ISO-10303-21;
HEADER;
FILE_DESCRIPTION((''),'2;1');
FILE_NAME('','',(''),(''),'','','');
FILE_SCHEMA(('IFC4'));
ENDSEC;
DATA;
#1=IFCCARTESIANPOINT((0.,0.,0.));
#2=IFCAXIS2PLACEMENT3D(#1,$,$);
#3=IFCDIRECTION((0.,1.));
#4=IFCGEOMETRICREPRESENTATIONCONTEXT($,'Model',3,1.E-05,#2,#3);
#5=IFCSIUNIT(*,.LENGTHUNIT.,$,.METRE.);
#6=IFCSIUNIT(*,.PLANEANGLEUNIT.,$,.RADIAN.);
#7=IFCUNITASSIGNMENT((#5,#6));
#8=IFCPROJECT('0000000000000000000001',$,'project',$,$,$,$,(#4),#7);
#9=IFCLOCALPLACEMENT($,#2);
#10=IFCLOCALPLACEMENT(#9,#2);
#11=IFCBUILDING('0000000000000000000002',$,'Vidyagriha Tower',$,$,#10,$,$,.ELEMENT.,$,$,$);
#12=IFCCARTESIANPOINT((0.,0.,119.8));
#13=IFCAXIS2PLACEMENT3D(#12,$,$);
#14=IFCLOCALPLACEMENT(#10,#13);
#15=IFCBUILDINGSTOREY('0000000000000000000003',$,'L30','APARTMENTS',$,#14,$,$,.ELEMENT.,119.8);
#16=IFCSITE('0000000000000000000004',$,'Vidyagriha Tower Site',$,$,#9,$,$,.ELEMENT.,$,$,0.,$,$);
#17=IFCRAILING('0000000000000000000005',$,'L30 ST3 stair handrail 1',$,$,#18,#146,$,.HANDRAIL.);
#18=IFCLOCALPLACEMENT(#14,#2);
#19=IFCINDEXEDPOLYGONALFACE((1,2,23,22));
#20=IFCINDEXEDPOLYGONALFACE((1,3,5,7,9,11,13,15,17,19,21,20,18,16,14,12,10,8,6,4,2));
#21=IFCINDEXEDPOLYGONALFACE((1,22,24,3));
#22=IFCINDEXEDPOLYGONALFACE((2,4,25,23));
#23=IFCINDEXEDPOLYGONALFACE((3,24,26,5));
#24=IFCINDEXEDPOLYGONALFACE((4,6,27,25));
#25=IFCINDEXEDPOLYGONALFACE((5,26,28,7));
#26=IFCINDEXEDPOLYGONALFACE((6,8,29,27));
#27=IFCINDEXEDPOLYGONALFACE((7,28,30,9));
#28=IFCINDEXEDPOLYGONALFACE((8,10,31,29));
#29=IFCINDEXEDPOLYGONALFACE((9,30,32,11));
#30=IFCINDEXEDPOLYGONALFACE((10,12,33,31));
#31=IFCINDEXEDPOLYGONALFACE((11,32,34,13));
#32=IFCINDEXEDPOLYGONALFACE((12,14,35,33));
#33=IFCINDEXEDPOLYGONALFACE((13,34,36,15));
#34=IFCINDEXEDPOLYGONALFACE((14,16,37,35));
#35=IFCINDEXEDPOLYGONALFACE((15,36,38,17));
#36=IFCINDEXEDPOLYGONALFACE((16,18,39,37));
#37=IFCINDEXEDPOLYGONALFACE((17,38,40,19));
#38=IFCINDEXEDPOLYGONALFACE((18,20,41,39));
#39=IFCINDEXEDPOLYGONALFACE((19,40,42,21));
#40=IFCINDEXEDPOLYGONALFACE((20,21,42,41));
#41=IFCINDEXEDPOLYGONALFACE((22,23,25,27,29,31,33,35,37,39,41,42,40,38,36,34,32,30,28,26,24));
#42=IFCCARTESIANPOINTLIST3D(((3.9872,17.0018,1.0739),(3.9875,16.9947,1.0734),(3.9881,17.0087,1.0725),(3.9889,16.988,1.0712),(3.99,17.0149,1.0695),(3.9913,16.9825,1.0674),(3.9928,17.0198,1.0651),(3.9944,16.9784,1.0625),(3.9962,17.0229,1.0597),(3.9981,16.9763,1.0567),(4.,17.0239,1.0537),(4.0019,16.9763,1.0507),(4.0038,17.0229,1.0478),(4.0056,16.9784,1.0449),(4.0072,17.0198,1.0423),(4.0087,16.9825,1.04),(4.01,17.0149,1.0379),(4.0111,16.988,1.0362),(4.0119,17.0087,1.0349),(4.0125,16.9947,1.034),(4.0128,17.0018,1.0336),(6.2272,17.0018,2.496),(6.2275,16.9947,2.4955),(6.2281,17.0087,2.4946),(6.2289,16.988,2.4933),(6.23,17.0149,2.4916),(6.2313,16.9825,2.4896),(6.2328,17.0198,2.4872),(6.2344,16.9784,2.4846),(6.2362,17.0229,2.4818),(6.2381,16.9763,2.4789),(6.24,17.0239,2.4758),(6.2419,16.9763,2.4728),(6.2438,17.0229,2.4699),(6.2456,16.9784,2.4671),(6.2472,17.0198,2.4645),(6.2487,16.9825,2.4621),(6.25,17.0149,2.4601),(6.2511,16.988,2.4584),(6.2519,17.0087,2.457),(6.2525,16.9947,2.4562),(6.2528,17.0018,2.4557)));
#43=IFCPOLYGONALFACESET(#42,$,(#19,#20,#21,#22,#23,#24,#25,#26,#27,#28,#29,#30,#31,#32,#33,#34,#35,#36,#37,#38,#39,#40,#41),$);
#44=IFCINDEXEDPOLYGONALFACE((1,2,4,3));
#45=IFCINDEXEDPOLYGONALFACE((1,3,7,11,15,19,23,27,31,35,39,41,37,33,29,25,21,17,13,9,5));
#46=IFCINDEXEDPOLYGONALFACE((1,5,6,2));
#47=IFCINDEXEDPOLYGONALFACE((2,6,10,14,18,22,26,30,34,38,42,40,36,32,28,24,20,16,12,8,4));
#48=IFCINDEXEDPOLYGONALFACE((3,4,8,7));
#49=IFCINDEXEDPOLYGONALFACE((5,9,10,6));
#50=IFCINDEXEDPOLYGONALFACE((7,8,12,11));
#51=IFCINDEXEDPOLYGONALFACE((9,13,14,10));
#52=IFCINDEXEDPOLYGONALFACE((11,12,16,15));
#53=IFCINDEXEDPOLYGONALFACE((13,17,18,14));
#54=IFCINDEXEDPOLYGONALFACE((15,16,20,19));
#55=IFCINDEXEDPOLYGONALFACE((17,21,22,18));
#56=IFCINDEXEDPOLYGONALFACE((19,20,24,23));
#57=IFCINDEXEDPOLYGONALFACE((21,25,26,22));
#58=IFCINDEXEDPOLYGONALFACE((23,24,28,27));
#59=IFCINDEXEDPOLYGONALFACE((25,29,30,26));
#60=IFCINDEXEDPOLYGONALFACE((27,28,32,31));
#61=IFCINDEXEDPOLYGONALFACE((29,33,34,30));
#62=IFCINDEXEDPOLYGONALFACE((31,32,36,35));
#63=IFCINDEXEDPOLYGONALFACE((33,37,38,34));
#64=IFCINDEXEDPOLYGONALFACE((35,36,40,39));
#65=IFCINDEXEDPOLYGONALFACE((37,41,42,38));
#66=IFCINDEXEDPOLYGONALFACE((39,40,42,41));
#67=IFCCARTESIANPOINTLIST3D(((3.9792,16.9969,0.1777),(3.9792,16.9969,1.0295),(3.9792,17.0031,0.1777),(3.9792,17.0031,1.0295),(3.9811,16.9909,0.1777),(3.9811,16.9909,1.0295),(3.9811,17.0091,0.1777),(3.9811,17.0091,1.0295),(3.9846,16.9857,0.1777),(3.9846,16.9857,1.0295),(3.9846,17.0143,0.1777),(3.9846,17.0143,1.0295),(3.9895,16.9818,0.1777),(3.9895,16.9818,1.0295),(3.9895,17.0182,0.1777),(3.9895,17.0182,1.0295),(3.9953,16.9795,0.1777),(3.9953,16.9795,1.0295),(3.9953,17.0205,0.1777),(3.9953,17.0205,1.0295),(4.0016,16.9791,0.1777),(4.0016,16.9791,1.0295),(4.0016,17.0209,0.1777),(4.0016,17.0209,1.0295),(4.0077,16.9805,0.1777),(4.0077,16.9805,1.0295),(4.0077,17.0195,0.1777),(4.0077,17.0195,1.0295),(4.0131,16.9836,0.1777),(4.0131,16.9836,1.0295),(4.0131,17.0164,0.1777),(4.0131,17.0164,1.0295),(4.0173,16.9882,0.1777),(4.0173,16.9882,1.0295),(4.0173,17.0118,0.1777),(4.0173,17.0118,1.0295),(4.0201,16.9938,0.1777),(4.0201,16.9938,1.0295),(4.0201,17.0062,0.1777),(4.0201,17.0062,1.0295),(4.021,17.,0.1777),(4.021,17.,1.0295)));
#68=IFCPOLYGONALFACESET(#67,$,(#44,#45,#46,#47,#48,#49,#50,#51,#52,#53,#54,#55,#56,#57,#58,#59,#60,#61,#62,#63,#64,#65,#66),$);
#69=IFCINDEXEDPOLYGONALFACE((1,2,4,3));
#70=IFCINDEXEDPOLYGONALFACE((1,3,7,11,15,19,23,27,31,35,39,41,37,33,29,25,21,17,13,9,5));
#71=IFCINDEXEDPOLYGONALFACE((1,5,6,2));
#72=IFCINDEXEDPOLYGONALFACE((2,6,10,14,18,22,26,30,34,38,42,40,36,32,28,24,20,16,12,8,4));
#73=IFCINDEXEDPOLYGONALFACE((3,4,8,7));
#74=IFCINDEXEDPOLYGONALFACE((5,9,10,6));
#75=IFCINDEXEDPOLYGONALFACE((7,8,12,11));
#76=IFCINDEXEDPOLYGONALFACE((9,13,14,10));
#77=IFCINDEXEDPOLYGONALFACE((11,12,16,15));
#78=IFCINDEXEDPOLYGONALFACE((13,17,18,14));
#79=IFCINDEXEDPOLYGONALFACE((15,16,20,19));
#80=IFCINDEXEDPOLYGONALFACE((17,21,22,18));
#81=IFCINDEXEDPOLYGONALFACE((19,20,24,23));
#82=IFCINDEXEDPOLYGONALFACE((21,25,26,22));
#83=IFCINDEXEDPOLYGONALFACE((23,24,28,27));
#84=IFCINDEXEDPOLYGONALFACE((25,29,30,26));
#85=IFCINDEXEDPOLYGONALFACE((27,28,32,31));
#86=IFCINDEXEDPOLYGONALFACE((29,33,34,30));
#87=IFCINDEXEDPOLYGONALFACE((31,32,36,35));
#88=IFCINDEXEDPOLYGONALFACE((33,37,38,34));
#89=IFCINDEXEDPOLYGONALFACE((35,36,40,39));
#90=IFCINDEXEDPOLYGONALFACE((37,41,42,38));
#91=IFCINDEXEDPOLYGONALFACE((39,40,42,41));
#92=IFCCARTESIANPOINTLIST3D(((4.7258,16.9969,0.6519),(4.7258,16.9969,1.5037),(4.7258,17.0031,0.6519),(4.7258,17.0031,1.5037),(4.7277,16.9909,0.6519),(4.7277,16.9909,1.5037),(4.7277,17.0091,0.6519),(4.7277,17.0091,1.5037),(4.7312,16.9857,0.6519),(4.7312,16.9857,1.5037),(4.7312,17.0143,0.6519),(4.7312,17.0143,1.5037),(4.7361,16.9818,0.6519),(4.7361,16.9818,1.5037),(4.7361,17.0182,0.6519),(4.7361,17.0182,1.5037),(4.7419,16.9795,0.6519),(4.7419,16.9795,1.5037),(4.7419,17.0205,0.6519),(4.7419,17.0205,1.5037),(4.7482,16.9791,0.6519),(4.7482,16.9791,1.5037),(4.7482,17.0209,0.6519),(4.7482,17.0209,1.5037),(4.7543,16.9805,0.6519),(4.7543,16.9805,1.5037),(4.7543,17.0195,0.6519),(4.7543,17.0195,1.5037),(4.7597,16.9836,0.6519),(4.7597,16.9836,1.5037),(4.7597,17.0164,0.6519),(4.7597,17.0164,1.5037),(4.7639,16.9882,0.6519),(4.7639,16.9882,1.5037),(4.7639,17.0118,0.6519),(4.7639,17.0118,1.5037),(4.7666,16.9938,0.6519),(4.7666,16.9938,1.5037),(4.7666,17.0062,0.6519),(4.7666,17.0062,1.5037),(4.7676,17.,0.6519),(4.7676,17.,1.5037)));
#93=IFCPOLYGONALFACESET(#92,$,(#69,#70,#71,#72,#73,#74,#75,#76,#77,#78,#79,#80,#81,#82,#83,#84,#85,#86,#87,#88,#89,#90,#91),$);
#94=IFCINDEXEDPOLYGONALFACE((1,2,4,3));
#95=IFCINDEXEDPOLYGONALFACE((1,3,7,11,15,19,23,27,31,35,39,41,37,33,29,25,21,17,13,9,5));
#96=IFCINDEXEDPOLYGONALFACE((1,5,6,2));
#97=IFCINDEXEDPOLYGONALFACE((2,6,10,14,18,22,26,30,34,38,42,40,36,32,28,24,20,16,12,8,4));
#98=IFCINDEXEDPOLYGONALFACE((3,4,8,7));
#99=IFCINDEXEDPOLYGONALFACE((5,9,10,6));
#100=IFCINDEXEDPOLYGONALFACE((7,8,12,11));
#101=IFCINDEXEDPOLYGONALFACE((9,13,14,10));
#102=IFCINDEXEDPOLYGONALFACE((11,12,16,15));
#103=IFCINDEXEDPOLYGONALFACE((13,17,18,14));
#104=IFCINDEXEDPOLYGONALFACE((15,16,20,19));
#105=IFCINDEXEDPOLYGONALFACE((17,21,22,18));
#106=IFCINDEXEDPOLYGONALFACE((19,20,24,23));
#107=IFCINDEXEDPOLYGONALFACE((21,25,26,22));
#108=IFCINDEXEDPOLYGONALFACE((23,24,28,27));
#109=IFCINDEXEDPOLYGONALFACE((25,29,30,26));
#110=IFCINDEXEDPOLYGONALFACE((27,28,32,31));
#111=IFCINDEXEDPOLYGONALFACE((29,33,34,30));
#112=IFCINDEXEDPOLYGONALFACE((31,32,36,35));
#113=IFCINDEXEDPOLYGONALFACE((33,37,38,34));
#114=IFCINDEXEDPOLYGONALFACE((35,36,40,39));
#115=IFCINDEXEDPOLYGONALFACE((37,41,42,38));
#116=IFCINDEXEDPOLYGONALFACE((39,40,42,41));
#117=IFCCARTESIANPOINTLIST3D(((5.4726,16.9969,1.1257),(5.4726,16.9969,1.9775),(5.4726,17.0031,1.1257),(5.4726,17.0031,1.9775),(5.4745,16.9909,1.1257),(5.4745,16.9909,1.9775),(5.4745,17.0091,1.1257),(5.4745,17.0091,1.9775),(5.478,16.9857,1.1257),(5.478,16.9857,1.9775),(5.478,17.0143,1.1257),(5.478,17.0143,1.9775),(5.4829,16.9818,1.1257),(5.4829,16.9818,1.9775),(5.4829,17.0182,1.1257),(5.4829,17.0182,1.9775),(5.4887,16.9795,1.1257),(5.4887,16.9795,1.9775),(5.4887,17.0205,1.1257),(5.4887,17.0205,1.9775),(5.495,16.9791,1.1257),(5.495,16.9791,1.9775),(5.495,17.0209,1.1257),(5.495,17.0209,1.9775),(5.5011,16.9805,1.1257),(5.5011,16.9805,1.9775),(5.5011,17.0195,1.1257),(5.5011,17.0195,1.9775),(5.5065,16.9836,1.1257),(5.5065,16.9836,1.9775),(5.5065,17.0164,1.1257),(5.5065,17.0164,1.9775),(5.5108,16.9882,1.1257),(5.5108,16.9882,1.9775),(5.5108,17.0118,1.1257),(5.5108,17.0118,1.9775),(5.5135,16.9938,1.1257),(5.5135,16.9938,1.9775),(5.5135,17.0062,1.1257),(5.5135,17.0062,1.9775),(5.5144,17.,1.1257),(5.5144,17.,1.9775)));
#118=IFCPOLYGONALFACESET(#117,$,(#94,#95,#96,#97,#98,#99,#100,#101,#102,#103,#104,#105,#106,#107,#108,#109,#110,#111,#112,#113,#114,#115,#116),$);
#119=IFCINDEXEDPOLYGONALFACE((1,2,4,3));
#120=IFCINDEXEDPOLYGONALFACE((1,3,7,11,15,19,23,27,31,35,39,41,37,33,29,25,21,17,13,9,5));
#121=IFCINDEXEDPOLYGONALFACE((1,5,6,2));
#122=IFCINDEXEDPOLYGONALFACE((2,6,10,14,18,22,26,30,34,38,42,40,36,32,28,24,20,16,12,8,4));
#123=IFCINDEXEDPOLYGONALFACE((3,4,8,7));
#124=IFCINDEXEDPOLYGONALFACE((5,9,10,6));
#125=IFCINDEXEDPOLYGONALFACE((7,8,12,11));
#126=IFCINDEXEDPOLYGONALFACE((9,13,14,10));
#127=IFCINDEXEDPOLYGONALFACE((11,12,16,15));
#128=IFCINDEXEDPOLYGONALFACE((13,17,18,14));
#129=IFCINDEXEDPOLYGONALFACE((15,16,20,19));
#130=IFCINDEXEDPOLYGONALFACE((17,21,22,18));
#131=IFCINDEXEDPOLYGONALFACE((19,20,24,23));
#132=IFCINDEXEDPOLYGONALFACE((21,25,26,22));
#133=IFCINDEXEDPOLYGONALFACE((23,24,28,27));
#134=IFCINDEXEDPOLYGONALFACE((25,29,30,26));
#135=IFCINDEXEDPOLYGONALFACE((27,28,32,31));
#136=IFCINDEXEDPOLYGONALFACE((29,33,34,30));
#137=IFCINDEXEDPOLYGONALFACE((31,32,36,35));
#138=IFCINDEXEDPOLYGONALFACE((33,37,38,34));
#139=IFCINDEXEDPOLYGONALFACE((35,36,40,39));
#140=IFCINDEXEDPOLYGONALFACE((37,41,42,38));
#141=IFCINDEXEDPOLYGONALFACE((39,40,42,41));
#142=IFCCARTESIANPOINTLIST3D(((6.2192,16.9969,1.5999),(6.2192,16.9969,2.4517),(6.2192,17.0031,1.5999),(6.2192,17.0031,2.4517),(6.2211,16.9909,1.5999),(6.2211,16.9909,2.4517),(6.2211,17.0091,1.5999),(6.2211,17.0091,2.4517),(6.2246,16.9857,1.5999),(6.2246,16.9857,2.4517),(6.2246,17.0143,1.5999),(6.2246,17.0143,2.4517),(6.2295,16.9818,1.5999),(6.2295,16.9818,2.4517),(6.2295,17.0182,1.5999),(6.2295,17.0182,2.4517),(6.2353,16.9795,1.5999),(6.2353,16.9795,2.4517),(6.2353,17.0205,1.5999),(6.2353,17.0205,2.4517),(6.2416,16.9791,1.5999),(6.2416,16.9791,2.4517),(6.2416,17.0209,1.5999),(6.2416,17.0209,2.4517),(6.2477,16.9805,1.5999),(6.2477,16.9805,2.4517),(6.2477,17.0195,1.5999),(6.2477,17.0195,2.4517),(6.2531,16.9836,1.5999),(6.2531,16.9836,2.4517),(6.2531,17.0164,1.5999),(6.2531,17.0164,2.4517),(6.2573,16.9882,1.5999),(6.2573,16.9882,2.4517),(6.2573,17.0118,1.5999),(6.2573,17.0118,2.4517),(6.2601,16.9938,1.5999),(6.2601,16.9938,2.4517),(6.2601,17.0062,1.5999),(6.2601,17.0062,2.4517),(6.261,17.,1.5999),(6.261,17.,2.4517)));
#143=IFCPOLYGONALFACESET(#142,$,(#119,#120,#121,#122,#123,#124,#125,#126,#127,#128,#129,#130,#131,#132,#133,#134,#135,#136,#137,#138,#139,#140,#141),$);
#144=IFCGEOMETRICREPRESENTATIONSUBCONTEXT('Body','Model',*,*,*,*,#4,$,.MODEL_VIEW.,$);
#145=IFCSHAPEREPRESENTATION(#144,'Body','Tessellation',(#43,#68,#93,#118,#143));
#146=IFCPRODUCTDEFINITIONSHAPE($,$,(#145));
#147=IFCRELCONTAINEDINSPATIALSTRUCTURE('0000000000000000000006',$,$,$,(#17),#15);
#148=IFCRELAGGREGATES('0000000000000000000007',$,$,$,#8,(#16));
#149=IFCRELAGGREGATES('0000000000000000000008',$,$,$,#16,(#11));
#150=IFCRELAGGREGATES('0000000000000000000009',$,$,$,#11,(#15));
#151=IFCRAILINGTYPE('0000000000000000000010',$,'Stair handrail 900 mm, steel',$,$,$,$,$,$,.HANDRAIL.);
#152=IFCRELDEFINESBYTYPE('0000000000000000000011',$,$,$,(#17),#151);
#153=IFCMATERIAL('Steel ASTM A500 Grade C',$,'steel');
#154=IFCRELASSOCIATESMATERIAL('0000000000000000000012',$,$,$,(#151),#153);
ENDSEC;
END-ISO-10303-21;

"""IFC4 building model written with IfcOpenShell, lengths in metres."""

from ifc_helpers import new_model, si_unit, direction, frame, origin, origin_2d, place, context, subcontext, project, spatial, circle, extrude, material, type_object, element, save


model = new_model("IFC4")

# Units and contexts
model_context = context("Model", 3, precision=1e-05, world=origin(), true_north=direction((0.0, 1.0)))
body_context = subcontext(model_context, "Body", "Model", "MODEL_VIEW")
ifc_project = project(units=[si_unit("LENGTHUNIT", "METRE"), si_unit("PLANEANGLEUNIT", "RADIAN")], contexts=[model_context])

# Site, building, storey
site_placement = place(None, origin())
site = spatial("IfcSite", under=ifc_project, at=site_placement, Name="Vidyagriha Tower Site", CompositionType="ELEMENT", RefElevation=0.0)
building_placement = place(site_placement, origin())
building = spatial("IfcBuilding", under=site, at=building_placement, Name="Vidyagriha Tower", CompositionType="ELEMENT")
storey_placement = place(building_placement, frame((0.0, 0.0, 119.8)))
storey = spatial("IfcBuildingStorey", under=building, at=storey_placement, Name="L30", Description="APARTMENTS", CompositionType="ELEMENT", Elevation=119.8)

# Railing
ifc_material_1 = material(Name="Steel ASTM A500 Grade C", Category="steel")
railing_type_1 = type_object("IfcRailingType", Name="Stair handrail 900 mm, steel", PredefinedType="HANDRAIL", material=ifc_material_1)
railing_1_placement = place(storey_placement, frame((4.0, 17.0, 0.1777)))
element("IfcRailing", 1, at=railing_1_placement, inside=storey, type_object=railing_type_1, Name="L30 ST3 stair handrail 1", PredefinedType="HANDRAIL", context=body_context, shape_type="SweptSolid", body=[
    extrude(circle(Radius=0.0239, at=origin_2d()), frame((0.0, 0.0, 0.876), z_axis=(0.844229, 0.0, 0.535982), x_axis=(0.0, 1.0, 0.0)), (0.0, 0.0, 1.0), 2.6533),
    extrude(circle(Radius=0.021, at=origin_2d()), origin(), (0.0, 0.0, 1.0), 0.8518),
    extrude(circle(Radius=0.021, at=origin_2d()), frame((0.7466, 0.0, 0.4741)), (0.0, 0.0, 1.0), 0.8518),
    extrude(circle(Radius=0.021, at=origin_2d()), frame((1.4934, 0.0, 0.948)), (0.0, 0.0, 1.0), 0.8518),
    extrude(circle(Radius=0.021, at=origin_2d()), frame((2.24, 0.0, 1.4221)), (0.0, 0.0, 1.0), 0.8518),
])

save(model, "model.ifc")
